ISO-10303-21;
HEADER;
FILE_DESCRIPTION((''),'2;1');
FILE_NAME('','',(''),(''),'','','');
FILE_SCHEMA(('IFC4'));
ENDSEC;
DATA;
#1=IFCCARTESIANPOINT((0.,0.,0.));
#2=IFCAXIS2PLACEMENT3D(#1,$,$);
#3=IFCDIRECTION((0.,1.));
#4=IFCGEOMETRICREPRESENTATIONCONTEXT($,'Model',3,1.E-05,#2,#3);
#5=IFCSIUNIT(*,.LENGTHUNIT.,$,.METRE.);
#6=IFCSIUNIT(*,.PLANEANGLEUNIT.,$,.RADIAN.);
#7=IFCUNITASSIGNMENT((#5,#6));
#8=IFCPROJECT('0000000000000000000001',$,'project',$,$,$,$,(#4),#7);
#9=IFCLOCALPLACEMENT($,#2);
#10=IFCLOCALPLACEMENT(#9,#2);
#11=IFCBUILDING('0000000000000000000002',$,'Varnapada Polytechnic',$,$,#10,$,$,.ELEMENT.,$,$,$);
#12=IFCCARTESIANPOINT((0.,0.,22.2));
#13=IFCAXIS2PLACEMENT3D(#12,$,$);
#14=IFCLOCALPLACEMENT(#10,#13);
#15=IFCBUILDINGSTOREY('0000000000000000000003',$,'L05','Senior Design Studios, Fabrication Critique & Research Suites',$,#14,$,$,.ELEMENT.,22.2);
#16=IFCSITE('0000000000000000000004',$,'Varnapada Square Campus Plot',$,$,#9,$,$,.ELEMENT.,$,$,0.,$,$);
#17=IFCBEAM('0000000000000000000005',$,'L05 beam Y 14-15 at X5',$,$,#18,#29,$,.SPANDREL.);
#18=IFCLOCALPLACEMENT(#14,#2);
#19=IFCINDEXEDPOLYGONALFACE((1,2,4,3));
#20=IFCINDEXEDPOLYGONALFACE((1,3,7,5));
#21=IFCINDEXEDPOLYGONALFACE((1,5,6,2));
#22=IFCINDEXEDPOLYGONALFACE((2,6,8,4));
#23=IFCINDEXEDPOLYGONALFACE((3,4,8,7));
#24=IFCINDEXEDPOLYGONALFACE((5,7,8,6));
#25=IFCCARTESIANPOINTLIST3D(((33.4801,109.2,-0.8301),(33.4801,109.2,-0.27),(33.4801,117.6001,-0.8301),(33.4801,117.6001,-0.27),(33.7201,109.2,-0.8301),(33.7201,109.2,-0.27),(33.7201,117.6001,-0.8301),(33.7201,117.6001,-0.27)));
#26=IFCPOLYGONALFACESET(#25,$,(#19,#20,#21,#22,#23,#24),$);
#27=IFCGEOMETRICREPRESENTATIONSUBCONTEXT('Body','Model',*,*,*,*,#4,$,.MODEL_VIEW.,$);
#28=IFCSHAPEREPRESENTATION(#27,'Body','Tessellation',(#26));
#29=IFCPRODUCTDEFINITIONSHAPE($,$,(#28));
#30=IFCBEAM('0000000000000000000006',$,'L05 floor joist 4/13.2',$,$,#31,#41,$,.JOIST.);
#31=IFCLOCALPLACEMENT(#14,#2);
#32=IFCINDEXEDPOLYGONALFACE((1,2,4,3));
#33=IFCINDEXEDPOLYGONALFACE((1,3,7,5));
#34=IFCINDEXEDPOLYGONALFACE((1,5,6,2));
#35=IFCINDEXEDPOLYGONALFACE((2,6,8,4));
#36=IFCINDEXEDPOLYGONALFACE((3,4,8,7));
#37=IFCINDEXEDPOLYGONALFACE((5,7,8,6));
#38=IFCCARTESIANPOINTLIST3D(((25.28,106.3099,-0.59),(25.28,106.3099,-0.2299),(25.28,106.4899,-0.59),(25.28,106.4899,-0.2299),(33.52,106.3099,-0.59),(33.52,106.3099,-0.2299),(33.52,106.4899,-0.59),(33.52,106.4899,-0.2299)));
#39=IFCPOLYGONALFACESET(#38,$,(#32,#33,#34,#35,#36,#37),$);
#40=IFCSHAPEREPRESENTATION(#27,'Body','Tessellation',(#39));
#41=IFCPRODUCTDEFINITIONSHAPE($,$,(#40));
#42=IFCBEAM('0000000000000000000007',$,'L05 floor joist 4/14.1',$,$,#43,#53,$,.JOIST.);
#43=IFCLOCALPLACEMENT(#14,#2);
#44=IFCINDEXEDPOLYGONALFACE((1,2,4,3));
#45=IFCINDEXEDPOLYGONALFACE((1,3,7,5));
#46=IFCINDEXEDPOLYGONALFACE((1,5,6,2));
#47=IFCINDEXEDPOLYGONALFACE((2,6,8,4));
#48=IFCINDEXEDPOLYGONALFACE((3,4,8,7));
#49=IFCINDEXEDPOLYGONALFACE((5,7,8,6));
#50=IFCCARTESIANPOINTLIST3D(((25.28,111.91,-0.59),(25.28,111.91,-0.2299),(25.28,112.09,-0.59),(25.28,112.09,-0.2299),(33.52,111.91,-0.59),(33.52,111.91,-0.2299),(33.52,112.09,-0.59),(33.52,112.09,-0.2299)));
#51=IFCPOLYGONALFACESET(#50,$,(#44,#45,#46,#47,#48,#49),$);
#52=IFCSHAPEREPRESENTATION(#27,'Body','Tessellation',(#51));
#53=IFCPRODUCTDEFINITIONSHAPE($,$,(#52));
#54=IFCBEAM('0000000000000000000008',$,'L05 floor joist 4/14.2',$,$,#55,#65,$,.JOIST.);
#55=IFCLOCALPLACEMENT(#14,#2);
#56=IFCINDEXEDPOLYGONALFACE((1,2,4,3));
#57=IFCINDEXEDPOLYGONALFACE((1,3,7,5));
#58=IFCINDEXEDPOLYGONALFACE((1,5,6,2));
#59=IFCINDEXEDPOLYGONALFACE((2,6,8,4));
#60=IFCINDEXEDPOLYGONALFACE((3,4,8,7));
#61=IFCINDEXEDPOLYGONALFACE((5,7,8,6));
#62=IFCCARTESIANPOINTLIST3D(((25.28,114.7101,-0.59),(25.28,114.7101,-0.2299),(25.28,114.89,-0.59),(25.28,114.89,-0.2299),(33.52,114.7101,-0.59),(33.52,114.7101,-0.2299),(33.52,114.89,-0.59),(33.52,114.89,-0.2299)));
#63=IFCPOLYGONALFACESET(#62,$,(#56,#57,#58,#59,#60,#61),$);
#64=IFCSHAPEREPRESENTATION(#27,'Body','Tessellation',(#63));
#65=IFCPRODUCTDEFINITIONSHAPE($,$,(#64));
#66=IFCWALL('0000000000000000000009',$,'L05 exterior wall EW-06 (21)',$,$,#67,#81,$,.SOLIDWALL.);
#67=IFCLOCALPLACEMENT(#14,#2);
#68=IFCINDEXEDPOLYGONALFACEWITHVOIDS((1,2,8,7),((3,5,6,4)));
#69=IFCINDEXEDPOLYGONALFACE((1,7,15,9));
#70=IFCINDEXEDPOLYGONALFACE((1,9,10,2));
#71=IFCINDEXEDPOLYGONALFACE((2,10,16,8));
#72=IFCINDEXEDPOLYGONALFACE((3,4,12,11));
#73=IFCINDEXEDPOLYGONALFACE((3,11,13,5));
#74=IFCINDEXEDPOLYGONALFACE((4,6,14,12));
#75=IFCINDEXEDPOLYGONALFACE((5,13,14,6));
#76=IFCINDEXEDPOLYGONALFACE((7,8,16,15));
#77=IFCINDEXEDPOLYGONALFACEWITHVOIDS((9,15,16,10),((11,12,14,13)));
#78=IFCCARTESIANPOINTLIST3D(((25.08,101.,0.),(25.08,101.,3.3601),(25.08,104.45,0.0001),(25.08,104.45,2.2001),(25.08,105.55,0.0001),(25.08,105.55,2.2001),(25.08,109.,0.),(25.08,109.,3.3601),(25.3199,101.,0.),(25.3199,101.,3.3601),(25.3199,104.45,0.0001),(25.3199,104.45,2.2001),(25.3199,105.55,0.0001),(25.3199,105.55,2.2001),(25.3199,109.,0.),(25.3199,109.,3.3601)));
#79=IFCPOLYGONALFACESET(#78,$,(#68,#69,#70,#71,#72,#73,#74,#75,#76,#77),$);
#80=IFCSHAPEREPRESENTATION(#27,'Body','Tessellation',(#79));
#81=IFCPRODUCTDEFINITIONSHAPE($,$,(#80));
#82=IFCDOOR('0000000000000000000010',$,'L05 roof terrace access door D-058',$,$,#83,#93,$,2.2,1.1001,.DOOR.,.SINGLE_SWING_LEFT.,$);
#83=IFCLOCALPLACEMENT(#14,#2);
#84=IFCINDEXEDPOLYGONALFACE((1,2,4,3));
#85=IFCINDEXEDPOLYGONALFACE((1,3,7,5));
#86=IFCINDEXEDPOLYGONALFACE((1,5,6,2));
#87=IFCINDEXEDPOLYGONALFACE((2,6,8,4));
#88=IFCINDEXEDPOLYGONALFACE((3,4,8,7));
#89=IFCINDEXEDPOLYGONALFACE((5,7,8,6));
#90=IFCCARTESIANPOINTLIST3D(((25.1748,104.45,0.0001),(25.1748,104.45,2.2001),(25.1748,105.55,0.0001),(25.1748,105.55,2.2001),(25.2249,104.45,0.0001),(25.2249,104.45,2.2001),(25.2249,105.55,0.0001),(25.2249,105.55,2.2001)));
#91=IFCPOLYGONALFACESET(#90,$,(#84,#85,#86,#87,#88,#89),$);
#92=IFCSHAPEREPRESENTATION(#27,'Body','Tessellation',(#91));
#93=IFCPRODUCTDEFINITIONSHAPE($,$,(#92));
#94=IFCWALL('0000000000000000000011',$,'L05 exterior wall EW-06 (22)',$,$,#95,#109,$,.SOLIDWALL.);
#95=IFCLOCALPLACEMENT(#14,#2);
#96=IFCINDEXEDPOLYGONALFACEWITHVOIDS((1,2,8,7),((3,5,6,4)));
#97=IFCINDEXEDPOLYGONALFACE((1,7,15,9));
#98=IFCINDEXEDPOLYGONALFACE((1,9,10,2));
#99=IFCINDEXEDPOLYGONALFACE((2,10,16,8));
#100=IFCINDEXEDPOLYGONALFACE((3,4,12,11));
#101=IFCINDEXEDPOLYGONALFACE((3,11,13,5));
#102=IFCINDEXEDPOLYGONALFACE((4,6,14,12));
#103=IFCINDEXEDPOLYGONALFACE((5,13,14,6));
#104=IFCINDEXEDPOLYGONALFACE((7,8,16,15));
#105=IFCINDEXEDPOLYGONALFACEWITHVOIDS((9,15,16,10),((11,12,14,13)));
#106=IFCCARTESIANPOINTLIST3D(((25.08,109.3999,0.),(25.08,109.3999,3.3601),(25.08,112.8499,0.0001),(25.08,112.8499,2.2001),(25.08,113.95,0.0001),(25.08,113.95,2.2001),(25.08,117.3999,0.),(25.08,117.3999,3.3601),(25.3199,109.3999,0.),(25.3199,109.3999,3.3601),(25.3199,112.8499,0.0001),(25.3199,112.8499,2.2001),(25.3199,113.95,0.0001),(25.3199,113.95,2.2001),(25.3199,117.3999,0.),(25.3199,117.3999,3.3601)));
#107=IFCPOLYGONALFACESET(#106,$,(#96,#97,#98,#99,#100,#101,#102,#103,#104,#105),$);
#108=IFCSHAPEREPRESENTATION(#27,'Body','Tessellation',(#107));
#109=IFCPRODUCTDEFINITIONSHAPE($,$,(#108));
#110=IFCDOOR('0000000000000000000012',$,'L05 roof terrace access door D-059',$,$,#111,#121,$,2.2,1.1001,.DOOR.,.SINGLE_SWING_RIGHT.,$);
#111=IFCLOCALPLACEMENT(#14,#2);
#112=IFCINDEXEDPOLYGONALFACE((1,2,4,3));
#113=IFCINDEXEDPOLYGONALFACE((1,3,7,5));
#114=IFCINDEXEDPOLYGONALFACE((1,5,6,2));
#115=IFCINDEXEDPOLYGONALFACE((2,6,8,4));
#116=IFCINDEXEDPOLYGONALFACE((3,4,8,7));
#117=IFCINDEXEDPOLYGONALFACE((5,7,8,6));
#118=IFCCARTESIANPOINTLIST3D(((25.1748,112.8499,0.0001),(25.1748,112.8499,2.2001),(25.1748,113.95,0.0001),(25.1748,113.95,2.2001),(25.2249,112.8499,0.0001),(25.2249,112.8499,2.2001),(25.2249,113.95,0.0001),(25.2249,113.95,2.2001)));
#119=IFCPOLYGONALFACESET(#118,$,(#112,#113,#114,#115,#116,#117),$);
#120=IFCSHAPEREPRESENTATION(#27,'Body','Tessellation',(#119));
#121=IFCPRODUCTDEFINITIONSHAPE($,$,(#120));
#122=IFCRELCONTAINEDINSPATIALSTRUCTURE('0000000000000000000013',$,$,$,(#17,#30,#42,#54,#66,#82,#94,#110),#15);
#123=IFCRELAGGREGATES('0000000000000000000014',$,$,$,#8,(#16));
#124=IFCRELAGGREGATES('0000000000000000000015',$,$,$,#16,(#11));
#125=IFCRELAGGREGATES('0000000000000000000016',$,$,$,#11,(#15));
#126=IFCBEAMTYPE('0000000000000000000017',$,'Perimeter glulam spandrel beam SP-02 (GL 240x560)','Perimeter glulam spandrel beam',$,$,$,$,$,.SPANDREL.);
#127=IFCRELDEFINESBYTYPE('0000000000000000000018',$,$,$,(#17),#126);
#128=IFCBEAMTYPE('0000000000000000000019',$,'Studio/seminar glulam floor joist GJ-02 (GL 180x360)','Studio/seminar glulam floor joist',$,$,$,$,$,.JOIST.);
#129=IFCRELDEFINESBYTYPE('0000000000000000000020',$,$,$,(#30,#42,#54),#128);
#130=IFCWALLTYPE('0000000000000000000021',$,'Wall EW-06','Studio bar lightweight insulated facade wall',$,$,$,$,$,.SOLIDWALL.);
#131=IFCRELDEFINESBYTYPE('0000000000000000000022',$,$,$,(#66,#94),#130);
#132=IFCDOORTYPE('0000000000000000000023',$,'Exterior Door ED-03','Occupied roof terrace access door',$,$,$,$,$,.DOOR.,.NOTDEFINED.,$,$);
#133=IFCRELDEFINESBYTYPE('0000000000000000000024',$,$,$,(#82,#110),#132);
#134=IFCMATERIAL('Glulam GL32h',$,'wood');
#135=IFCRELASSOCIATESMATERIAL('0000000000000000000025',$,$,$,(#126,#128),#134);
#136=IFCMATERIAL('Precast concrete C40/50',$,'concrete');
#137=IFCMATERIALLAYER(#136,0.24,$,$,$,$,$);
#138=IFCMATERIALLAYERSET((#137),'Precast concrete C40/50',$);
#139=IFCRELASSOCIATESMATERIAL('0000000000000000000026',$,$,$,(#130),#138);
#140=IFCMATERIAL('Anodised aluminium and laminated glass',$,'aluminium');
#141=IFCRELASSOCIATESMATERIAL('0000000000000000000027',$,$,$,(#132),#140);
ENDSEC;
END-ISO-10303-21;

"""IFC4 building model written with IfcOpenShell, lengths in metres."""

from ifc_helpers import new_model, si_unit, direction, frame, frame_2d, origin, origin_2d, place, context, subcontext, project, spatial, rectangle, extrude, material, layer, layer_set, material_profile, profile_set, type_object, element, fill, save


model = new_model("IFC4")

# Units and contexts
model_context = context("Model", 3, precision=1e-05, world=origin(), true_north=direction((0.0, 1.0)))
body_context = subcontext(model_context, "Body", "Model", "MODEL_VIEW")
ifc_project = project(units=[si_unit("LENGTHUNIT", "METRE"), si_unit("PLANEANGLEUNIT", "RADIAN")], contexts=[model_context])

# Site, building, storey
site_placement = place(None, origin())
site = spatial("IfcSite", under=ifc_project, at=site_placement, Name="Varnapada Square Campus Plot", CompositionType="ELEMENT", RefElevation=0.0)
building_placement = place(site_placement, origin())
building = spatial("IfcBuilding", under=site, at=building_placement, Name="Varnapada Polytechnic", CompositionType="ELEMENT")
storey_placement = place(building_placement, frame((0.0, 0.0, 22.2)))
storey = spatial("IfcBuildingStorey", under=building, at=storey_placement, Name="L05", Description="Senior Design Studios, Fabrication Critique & Research Suites", CompositionType="ELEMENT", Elevation=22.2)

# Beams
ifc_material_1 = material(Name="Glulam GL32h", Category="wood")
ifc_material_profile_1 = material_profile(ifc_material_1, rectangle(XDim=0.24, YDim=0.5601, at=origin_2d()), Name="GL 240x560")
ifc_profile_set_1 = profile_set([ifc_material_profile_1], Name="Glulam GL32h")
beam_type_1 = type_object("IfcBeamType", Name="Perimeter glulam spandrel beam SP-02 (GL 240x560)", Description="Perimeter glulam spandrel beam", PredefinedType="SPANDREL", material=ifc_profile_set_1)
beam_placement = place(storey_placement, frame((33.6001, 109.2, -0.55), z_axis=(0.0, 1.0, 0.0), x_axis=(-1.0, 0.0, 0.0)))
element("IfcBeam", 1, at=beam_placement, inside=storey, type_object=beam_type_1, Name="L05 beam Y 14-15 at X5", PredefinedType="SPANDREL", context=body_context, shape_type="SweptSolid", body=[
    extrude(rectangle(XDim=0.24, YDim=0.5601, at=origin_2d()), origin(), (0.0, 0.0, 1.0), 8.4001),
])
ifc_material_profile_2 = material_profile(ifc_material_1, rectangle(XDim=0.1799, YDim=0.3601, at=origin_2d()), Name="GL 180x360")
ifc_profile_set_2 = profile_set([ifc_material_profile_2], Name="Glulam GL32h")
beam_type_2 = type_object("IfcBeamType", Name="Studio/seminar glulam floor joist GJ-02 (GL 180x360)", Description="Studio/seminar glulam floor joist", PredefinedType="JOIST", material=ifc_profile_set_2)
for number, where, z_axis, x_axis, name in (
    (2, (25.28, 106.3999, -0.4099), (1.0, 0.0, 0.0), (0.0, 1.0, 0.0), "L05 floor joist 4/13.2"),
    (3, (25.28, 112.0, -0.4099), (1.0, 0.0, 0.0), (0.0, 1.0, 0.0), "L05 floor joist 4/14.1"),
    (4, (25.28, 114.8, -0.4099), (1.0, 0.0, 0.0), (0.0, 1.0, 0.0), "L05 floor joist 4/14.2"),
):
    element("IfcBeam", number, at=place(storey_placement, frame(where, z_axis=z_axis, x_axis=x_axis)), inside=storey, type_object=beam_type_2, Name=name, PredefinedType="JOIST", context=body_context, shape_type="SweptSolid", body=[
        extrude(rectangle(XDim=0.1799, YDim=0.3601, at=origin_2d()), origin(), (0.0, 0.0, 1.0), 8.24),
    ])

# Walls, openings, doors
ifc_material_2 = material(Name="Precast concrete C40/50", Category="concrete")
ifc_layer = layer(ifc_material_2, 0.24)
ifc_layer_set = layer_set([ifc_layer], Name="Precast concrete C40/50")
wall_type = type_object("IfcWallType", Name="Wall EW-06", Description="Studio bar lightweight insulated facade wall", PredefinedType="SOLIDWALL", material=ifc_layer_set)
wall_1_placement = place(storey_placement, frame((25.2, 109.0, 0.0), z_axis=(0.0, 0.0, 1.0), x_axis=(0.0, -1.0, 0.0)))
wall_1 = element("IfcWall", 5, at=wall_1_placement, inside=storey, type_object=wall_type, Name="L05 exterior wall EW-06 (21)", PredefinedType="SOLIDWALL", context=body_context, shape_type="SweptSolid", body=[
    extrude(rectangle(XDim=8.0, YDim=0.24, at=frame_2d((4.0, 0.0))), origin(), (0.0, 0.0, 1.0), 3.3601),
])
opening_1_placement = place(wall_1_placement, frame((3.45, 0.0, 0.0)))
opening_1 = element("IfcOpeningElement", 6, at=opening_1_placement, cuts=wall_1, PredefinedType="OPENING", context=body_context, shape_type="SweptSolid", body=[
    extrude(rectangle(XDim=1.1001, YDim=2.2, at=frame_2d((0.55, 1.1001))), frame((0.0, 0.1299, 0.0), z_axis=(0.0, -1.0, 0.0), x_axis=(1.0, 0.0, 0.0)), (0.0, 0.0, 1.0), 0.26),
])
ifc_material_3 = material(Name="Anodised aluminium and laminated glass", Category="aluminium")
door_type = type_object("IfcDoorType", Name="Exterior Door ED-03", Description="Occupied roof terrace access door", OperationType="NOTDEFINED", PredefinedType="DOOR", material=ifc_material_3)
door_1_placement = place(opening_1_placement, origin())
door_1 = element("IfcDoor", 7, at=door_1_placement, inside=storey, type_object=door_type, Name="L05 roof terrace access door D-058", OperationType="SINGLE_SWING_LEFT", OverallHeight=2.2, OverallWidth=1.1001, PredefinedType="DOOR", context=body_context, shape_type="SweptSolid", body=[
    extrude(rectangle(XDim=1.1001, YDim=2.2, at=frame_2d((0.55, 1.1001))), frame((0.0, 0.0249, 0.0), z_axis=(0.0, -1.0, 0.0), x_axis=(1.0, 0.0, 0.0)), (0.0, 0.0, 1.0), 0.05),
])
fill(opening_1, door_1)
wall_2_placement = place(storey_placement, frame((25.2, 117.3999, 0.0), z_axis=(0.0, 0.0, 1.0), x_axis=(0.0, -1.0, 0.0)))
wall_2 = element("IfcWall", 8, at=wall_2_placement, inside=storey, type_object=wall_type, Name="L05 exterior wall EW-06 (22)", PredefinedType="SOLIDWALL", context=body_context, shape_type="SweptSolid", body=[
    extrude(rectangle(XDim=8.0, YDim=0.24, at=frame_2d((4.0, 0.0))), origin(), (0.0, 0.0, 1.0), 3.3601),
])
opening_2_placement = place(wall_2_placement, frame((3.45, 0.0, 0.0)))
opening_2 = element("IfcOpeningElement", 9, at=opening_2_placement, cuts=wall_2, PredefinedType="OPENING", context=body_context, shape_type="SweptSolid", body=[
    extrude(rectangle(XDim=1.1001, YDim=2.2, at=frame_2d((0.55, 1.1001))), frame((0.0, 0.1299, 0.0), z_axis=(0.0, -1.0, 0.0), x_axis=(1.0, 0.0, 0.0)), (0.0, 0.0, 1.0), 0.26),
])
door_2_placement = place(opening_2_placement, origin())
door_2 = element("IfcDoor", 10, at=door_2_placement, inside=storey, type_object=door_type, Name="L05 roof terrace access door D-059", OperationType="SINGLE_SWING_RIGHT", OverallHeight=2.2, OverallWidth=1.1001, PredefinedType="DOOR", context=body_context, shape_type="SweptSolid", body=[
    extrude(rectangle(XDim=1.1001, YDim=2.2, at=frame_2d((0.55, 1.1001))), frame((0.0, 0.0249, 0.0), z_axis=(0.0, -1.0, 0.0), x_axis=(1.0, 0.0, 0.0)), (0.0, 0.0, 1.0), 0.05),
])
fill(opening_2, door_2)

save(model, "model.ifc")
